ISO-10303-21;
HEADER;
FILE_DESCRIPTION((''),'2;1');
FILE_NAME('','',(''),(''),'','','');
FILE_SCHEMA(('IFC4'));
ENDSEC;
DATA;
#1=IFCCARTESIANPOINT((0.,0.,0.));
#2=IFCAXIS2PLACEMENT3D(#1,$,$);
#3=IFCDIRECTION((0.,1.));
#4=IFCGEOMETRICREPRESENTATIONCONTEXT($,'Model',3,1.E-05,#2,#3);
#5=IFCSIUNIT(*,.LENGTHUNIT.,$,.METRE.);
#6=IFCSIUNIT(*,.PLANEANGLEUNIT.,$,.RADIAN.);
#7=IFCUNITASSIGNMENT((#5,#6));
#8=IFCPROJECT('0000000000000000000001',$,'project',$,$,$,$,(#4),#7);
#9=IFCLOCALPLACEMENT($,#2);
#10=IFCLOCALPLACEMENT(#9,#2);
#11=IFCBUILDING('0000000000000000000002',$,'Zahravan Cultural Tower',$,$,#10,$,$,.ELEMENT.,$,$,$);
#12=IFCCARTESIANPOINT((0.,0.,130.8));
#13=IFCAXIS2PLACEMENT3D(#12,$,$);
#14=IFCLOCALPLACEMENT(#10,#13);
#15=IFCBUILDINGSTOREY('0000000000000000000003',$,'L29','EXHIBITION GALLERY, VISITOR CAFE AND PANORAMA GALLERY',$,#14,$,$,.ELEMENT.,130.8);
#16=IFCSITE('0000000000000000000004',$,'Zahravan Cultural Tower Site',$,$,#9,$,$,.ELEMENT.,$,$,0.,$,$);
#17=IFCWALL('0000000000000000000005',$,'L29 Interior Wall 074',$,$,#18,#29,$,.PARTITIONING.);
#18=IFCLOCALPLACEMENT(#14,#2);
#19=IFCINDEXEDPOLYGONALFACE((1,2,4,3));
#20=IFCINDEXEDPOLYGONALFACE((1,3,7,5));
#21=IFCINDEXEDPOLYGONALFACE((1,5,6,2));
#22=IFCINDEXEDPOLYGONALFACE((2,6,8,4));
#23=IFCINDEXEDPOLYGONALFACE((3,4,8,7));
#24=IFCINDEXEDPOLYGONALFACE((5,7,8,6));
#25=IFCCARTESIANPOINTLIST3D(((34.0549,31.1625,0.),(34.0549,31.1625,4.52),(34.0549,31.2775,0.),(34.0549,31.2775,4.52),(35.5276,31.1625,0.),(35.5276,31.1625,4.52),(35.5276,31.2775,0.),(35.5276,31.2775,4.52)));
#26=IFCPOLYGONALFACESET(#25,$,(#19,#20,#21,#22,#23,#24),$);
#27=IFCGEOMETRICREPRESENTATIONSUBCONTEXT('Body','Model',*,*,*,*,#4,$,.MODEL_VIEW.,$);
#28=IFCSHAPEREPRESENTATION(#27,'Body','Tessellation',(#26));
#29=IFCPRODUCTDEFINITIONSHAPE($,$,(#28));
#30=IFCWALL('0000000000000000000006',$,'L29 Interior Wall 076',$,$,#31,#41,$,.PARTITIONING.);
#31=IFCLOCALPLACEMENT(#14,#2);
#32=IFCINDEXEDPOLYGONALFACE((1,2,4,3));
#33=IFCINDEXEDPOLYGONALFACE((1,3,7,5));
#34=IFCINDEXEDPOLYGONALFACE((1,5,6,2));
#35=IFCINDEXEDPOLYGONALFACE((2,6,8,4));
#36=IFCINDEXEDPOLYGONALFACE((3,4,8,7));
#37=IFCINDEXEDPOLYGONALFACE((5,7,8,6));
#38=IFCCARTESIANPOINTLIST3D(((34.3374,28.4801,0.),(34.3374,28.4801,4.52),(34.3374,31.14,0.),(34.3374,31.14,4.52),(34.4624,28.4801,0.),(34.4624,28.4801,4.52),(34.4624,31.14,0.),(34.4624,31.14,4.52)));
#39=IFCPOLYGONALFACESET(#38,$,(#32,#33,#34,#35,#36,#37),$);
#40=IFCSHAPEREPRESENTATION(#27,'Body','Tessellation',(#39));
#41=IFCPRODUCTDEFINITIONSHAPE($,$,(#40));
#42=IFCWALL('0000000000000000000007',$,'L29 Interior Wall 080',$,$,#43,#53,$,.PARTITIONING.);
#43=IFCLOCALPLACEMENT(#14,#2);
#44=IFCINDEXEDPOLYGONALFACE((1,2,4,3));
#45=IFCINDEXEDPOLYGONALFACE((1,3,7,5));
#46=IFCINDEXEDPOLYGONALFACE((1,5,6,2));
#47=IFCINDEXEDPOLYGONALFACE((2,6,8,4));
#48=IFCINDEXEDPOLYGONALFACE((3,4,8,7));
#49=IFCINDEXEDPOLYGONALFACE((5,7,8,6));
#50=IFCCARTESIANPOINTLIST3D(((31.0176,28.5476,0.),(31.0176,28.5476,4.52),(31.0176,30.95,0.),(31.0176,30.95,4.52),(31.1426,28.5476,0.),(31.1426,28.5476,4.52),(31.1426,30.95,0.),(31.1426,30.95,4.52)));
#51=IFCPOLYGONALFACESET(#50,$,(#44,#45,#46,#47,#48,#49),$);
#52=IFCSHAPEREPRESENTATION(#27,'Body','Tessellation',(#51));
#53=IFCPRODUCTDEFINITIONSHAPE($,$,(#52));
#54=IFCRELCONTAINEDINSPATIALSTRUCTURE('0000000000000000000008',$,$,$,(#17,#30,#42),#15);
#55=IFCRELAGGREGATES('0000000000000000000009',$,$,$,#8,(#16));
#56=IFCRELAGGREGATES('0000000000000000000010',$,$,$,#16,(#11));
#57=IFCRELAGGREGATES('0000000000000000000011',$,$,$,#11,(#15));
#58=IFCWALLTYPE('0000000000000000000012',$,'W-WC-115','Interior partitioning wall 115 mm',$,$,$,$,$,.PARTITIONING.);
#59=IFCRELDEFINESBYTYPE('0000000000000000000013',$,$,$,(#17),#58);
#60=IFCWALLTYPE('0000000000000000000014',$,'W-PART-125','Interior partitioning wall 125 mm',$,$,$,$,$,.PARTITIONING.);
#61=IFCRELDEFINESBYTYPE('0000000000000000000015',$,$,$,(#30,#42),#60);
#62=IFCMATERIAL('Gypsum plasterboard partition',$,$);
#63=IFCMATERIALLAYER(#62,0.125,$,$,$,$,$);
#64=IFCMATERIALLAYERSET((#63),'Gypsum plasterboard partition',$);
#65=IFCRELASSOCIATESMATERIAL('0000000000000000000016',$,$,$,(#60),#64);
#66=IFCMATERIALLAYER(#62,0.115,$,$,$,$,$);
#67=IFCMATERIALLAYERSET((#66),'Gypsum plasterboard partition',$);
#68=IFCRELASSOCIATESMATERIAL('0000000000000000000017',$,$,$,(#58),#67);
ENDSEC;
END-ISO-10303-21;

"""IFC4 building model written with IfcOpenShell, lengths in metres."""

from ifc_helpers import new_model, si_unit, direction, frame, frame_2d, origin, place, context, subcontext, project, spatial, rectangle, extrude, source, transform, mapped, material, layer, layer_set, type_object, element, save


model = new_model("IFC4")

# Units and contexts
model_context = context("Model", 3, precision=1e-05, world=origin(), true_north=direction((0.0, 1.0)))
body_context = subcontext(model_context, "Body", "Model", "MODEL_VIEW")
ifc_project = project(units=[si_unit("LENGTHUNIT", "METRE"), si_unit("PLANEANGLEUNIT", "RADIAN")], contexts=[model_context])

# Site, building, storey
site_placement = place(None, origin())
site = spatial("IfcSite", under=ifc_project, at=site_placement, Name="Zahravan Cultural Tower Site", CompositionType="ELEMENT", RefElevation=0.0)
building_placement = place(site_placement, origin())
building = spatial("IfcBuilding", under=site, at=building_placement, Name="Zahravan Cultural Tower", CompositionType="ELEMENT")
storey_placement = place(building_placement, frame((0.0, 0.0, 130.8)))
storey = spatial("IfcBuildingStorey", under=building, at=storey_placement, Name="L29", Description="EXHIBITION GALLERY, VISITOR CAFE AND PANORAMA GALLERY", CompositionType="ELEMENT", Elevation=130.8)

# Shared definitions
ifc_material_1 = material(Name="Gypsum plasterboard partition")
ifc_layer_1 = layer(ifc_material_1, 0.125)
ifc_layer_set_1 = layer_set([ifc_layer_1], Name="Gypsum plasterboard partition")
wall_type_1 = type_object("IfcWallType", Name="W-PART-125", Description="Interior partitioning wall 125 mm", PredefinedType="PARTITIONING", material=ifc_layer_set_1)
ifc_layer_2 = layer(ifc_material_1, 0.115)
ifc_layer_set_2 = layer_set([ifc_layer_2], Name="Gypsum plasterboard partition")
wall_type_2 = type_object("IfcWallType", Name="W-WC-115", Description="Interior partitioning wall 115 mm", PredefinedType="PARTITIONING", material=ifc_layer_set_2)

# Walls
shared_shape_1 = source(origin(), body_context, "Body", "SweptSolid", [
    extrude(rectangle(XDim=1.4727, YDim=0.115, at=frame_2d((0.7363, 0.0))), origin(), (0.0, 0.0, 1.0), 4.52),
])
wall_1_placement = place(storey_placement, frame((35.5276, 31.22, 0.0), z_axis=(0.0, 0.0, 1.0), x_axis=(-1.0, 0.0, 0.0)))
element("IfcWall", 1, at=wall_1_placement, inside=storey, type_object=wall_type_2, Name="L29 Interior Wall 074", PredefinedType="PARTITIONING", context=body_context, shape_type="MappedRepresentation", body=[
    mapped(shared_shape_1, transform((0.0, 0.0, 0.0), x_axis=(1.0, 0.0, 0.0), y_axis=(0.0, 1.0, 0.0), z_axis=(0.0, 0.0, 1.0), scale=1.0)),
])
shared_shape_2 = source(origin(), body_context, "Body", "SweptSolid", [
    extrude(rectangle(XDim=2.6599, YDim=0.125, at=frame_2d((1.3301, 0.0))), origin(), (0.0, 0.0, 1.0), 4.52),
])
wall_2_placement = place(storey_placement, frame((34.3999, 28.48, 0.0), z_axis=(0.0, 0.0, 1.0), x_axis=(0.0, 1.0, 0.0)))
element("IfcWall", 2, at=wall_2_placement, inside=storey, type_object=wall_type_1, Name="L29 Interior Wall 076", PredefinedType="PARTITIONING", context=body_context, shape_type="MappedRepresentation", body=[
    mapped(shared_shape_2, transform((0.0, 0.0, 0.0), x_axis=(1.0, 0.0, 0.0), y_axis=(0.0, 1.0, 0.0), z_axis=(0.0, 0.0, 1.0), scale=1.0)),
])
shared_shape_3 = source(origin(), body_context, "Body", "SweptSolid", [
    extrude(rectangle(XDim=2.4023, YDim=0.125, at=frame_2d((1.2012, 0.0))), origin(), (0.0, 0.0, 1.0), 4.52),
])
wall_3_placement = place(storey_placement, frame((31.0801, 28.5476, 0.0), z_axis=(0.0, 0.0, 1.0), x_axis=(0.0, 1.0, 0.0)))
element("IfcWall", 3, at=wall_3_placement, inside=storey, type_object=wall_type_1, Name="L29 Interior Wall 080", PredefinedType="PARTITIONING", context=body_context, shape_type="MappedRepresentation", body=[
    mapped(shared_shape_3, transform((0.0, 0.0, 0.0), x_axis=(1.0, 0.0, 0.0), y_axis=(0.0, 1.0, 0.0), z_axis=(0.0, 0.0, 1.0), scale=1.0)),
])

save(model, "model.ifc")
